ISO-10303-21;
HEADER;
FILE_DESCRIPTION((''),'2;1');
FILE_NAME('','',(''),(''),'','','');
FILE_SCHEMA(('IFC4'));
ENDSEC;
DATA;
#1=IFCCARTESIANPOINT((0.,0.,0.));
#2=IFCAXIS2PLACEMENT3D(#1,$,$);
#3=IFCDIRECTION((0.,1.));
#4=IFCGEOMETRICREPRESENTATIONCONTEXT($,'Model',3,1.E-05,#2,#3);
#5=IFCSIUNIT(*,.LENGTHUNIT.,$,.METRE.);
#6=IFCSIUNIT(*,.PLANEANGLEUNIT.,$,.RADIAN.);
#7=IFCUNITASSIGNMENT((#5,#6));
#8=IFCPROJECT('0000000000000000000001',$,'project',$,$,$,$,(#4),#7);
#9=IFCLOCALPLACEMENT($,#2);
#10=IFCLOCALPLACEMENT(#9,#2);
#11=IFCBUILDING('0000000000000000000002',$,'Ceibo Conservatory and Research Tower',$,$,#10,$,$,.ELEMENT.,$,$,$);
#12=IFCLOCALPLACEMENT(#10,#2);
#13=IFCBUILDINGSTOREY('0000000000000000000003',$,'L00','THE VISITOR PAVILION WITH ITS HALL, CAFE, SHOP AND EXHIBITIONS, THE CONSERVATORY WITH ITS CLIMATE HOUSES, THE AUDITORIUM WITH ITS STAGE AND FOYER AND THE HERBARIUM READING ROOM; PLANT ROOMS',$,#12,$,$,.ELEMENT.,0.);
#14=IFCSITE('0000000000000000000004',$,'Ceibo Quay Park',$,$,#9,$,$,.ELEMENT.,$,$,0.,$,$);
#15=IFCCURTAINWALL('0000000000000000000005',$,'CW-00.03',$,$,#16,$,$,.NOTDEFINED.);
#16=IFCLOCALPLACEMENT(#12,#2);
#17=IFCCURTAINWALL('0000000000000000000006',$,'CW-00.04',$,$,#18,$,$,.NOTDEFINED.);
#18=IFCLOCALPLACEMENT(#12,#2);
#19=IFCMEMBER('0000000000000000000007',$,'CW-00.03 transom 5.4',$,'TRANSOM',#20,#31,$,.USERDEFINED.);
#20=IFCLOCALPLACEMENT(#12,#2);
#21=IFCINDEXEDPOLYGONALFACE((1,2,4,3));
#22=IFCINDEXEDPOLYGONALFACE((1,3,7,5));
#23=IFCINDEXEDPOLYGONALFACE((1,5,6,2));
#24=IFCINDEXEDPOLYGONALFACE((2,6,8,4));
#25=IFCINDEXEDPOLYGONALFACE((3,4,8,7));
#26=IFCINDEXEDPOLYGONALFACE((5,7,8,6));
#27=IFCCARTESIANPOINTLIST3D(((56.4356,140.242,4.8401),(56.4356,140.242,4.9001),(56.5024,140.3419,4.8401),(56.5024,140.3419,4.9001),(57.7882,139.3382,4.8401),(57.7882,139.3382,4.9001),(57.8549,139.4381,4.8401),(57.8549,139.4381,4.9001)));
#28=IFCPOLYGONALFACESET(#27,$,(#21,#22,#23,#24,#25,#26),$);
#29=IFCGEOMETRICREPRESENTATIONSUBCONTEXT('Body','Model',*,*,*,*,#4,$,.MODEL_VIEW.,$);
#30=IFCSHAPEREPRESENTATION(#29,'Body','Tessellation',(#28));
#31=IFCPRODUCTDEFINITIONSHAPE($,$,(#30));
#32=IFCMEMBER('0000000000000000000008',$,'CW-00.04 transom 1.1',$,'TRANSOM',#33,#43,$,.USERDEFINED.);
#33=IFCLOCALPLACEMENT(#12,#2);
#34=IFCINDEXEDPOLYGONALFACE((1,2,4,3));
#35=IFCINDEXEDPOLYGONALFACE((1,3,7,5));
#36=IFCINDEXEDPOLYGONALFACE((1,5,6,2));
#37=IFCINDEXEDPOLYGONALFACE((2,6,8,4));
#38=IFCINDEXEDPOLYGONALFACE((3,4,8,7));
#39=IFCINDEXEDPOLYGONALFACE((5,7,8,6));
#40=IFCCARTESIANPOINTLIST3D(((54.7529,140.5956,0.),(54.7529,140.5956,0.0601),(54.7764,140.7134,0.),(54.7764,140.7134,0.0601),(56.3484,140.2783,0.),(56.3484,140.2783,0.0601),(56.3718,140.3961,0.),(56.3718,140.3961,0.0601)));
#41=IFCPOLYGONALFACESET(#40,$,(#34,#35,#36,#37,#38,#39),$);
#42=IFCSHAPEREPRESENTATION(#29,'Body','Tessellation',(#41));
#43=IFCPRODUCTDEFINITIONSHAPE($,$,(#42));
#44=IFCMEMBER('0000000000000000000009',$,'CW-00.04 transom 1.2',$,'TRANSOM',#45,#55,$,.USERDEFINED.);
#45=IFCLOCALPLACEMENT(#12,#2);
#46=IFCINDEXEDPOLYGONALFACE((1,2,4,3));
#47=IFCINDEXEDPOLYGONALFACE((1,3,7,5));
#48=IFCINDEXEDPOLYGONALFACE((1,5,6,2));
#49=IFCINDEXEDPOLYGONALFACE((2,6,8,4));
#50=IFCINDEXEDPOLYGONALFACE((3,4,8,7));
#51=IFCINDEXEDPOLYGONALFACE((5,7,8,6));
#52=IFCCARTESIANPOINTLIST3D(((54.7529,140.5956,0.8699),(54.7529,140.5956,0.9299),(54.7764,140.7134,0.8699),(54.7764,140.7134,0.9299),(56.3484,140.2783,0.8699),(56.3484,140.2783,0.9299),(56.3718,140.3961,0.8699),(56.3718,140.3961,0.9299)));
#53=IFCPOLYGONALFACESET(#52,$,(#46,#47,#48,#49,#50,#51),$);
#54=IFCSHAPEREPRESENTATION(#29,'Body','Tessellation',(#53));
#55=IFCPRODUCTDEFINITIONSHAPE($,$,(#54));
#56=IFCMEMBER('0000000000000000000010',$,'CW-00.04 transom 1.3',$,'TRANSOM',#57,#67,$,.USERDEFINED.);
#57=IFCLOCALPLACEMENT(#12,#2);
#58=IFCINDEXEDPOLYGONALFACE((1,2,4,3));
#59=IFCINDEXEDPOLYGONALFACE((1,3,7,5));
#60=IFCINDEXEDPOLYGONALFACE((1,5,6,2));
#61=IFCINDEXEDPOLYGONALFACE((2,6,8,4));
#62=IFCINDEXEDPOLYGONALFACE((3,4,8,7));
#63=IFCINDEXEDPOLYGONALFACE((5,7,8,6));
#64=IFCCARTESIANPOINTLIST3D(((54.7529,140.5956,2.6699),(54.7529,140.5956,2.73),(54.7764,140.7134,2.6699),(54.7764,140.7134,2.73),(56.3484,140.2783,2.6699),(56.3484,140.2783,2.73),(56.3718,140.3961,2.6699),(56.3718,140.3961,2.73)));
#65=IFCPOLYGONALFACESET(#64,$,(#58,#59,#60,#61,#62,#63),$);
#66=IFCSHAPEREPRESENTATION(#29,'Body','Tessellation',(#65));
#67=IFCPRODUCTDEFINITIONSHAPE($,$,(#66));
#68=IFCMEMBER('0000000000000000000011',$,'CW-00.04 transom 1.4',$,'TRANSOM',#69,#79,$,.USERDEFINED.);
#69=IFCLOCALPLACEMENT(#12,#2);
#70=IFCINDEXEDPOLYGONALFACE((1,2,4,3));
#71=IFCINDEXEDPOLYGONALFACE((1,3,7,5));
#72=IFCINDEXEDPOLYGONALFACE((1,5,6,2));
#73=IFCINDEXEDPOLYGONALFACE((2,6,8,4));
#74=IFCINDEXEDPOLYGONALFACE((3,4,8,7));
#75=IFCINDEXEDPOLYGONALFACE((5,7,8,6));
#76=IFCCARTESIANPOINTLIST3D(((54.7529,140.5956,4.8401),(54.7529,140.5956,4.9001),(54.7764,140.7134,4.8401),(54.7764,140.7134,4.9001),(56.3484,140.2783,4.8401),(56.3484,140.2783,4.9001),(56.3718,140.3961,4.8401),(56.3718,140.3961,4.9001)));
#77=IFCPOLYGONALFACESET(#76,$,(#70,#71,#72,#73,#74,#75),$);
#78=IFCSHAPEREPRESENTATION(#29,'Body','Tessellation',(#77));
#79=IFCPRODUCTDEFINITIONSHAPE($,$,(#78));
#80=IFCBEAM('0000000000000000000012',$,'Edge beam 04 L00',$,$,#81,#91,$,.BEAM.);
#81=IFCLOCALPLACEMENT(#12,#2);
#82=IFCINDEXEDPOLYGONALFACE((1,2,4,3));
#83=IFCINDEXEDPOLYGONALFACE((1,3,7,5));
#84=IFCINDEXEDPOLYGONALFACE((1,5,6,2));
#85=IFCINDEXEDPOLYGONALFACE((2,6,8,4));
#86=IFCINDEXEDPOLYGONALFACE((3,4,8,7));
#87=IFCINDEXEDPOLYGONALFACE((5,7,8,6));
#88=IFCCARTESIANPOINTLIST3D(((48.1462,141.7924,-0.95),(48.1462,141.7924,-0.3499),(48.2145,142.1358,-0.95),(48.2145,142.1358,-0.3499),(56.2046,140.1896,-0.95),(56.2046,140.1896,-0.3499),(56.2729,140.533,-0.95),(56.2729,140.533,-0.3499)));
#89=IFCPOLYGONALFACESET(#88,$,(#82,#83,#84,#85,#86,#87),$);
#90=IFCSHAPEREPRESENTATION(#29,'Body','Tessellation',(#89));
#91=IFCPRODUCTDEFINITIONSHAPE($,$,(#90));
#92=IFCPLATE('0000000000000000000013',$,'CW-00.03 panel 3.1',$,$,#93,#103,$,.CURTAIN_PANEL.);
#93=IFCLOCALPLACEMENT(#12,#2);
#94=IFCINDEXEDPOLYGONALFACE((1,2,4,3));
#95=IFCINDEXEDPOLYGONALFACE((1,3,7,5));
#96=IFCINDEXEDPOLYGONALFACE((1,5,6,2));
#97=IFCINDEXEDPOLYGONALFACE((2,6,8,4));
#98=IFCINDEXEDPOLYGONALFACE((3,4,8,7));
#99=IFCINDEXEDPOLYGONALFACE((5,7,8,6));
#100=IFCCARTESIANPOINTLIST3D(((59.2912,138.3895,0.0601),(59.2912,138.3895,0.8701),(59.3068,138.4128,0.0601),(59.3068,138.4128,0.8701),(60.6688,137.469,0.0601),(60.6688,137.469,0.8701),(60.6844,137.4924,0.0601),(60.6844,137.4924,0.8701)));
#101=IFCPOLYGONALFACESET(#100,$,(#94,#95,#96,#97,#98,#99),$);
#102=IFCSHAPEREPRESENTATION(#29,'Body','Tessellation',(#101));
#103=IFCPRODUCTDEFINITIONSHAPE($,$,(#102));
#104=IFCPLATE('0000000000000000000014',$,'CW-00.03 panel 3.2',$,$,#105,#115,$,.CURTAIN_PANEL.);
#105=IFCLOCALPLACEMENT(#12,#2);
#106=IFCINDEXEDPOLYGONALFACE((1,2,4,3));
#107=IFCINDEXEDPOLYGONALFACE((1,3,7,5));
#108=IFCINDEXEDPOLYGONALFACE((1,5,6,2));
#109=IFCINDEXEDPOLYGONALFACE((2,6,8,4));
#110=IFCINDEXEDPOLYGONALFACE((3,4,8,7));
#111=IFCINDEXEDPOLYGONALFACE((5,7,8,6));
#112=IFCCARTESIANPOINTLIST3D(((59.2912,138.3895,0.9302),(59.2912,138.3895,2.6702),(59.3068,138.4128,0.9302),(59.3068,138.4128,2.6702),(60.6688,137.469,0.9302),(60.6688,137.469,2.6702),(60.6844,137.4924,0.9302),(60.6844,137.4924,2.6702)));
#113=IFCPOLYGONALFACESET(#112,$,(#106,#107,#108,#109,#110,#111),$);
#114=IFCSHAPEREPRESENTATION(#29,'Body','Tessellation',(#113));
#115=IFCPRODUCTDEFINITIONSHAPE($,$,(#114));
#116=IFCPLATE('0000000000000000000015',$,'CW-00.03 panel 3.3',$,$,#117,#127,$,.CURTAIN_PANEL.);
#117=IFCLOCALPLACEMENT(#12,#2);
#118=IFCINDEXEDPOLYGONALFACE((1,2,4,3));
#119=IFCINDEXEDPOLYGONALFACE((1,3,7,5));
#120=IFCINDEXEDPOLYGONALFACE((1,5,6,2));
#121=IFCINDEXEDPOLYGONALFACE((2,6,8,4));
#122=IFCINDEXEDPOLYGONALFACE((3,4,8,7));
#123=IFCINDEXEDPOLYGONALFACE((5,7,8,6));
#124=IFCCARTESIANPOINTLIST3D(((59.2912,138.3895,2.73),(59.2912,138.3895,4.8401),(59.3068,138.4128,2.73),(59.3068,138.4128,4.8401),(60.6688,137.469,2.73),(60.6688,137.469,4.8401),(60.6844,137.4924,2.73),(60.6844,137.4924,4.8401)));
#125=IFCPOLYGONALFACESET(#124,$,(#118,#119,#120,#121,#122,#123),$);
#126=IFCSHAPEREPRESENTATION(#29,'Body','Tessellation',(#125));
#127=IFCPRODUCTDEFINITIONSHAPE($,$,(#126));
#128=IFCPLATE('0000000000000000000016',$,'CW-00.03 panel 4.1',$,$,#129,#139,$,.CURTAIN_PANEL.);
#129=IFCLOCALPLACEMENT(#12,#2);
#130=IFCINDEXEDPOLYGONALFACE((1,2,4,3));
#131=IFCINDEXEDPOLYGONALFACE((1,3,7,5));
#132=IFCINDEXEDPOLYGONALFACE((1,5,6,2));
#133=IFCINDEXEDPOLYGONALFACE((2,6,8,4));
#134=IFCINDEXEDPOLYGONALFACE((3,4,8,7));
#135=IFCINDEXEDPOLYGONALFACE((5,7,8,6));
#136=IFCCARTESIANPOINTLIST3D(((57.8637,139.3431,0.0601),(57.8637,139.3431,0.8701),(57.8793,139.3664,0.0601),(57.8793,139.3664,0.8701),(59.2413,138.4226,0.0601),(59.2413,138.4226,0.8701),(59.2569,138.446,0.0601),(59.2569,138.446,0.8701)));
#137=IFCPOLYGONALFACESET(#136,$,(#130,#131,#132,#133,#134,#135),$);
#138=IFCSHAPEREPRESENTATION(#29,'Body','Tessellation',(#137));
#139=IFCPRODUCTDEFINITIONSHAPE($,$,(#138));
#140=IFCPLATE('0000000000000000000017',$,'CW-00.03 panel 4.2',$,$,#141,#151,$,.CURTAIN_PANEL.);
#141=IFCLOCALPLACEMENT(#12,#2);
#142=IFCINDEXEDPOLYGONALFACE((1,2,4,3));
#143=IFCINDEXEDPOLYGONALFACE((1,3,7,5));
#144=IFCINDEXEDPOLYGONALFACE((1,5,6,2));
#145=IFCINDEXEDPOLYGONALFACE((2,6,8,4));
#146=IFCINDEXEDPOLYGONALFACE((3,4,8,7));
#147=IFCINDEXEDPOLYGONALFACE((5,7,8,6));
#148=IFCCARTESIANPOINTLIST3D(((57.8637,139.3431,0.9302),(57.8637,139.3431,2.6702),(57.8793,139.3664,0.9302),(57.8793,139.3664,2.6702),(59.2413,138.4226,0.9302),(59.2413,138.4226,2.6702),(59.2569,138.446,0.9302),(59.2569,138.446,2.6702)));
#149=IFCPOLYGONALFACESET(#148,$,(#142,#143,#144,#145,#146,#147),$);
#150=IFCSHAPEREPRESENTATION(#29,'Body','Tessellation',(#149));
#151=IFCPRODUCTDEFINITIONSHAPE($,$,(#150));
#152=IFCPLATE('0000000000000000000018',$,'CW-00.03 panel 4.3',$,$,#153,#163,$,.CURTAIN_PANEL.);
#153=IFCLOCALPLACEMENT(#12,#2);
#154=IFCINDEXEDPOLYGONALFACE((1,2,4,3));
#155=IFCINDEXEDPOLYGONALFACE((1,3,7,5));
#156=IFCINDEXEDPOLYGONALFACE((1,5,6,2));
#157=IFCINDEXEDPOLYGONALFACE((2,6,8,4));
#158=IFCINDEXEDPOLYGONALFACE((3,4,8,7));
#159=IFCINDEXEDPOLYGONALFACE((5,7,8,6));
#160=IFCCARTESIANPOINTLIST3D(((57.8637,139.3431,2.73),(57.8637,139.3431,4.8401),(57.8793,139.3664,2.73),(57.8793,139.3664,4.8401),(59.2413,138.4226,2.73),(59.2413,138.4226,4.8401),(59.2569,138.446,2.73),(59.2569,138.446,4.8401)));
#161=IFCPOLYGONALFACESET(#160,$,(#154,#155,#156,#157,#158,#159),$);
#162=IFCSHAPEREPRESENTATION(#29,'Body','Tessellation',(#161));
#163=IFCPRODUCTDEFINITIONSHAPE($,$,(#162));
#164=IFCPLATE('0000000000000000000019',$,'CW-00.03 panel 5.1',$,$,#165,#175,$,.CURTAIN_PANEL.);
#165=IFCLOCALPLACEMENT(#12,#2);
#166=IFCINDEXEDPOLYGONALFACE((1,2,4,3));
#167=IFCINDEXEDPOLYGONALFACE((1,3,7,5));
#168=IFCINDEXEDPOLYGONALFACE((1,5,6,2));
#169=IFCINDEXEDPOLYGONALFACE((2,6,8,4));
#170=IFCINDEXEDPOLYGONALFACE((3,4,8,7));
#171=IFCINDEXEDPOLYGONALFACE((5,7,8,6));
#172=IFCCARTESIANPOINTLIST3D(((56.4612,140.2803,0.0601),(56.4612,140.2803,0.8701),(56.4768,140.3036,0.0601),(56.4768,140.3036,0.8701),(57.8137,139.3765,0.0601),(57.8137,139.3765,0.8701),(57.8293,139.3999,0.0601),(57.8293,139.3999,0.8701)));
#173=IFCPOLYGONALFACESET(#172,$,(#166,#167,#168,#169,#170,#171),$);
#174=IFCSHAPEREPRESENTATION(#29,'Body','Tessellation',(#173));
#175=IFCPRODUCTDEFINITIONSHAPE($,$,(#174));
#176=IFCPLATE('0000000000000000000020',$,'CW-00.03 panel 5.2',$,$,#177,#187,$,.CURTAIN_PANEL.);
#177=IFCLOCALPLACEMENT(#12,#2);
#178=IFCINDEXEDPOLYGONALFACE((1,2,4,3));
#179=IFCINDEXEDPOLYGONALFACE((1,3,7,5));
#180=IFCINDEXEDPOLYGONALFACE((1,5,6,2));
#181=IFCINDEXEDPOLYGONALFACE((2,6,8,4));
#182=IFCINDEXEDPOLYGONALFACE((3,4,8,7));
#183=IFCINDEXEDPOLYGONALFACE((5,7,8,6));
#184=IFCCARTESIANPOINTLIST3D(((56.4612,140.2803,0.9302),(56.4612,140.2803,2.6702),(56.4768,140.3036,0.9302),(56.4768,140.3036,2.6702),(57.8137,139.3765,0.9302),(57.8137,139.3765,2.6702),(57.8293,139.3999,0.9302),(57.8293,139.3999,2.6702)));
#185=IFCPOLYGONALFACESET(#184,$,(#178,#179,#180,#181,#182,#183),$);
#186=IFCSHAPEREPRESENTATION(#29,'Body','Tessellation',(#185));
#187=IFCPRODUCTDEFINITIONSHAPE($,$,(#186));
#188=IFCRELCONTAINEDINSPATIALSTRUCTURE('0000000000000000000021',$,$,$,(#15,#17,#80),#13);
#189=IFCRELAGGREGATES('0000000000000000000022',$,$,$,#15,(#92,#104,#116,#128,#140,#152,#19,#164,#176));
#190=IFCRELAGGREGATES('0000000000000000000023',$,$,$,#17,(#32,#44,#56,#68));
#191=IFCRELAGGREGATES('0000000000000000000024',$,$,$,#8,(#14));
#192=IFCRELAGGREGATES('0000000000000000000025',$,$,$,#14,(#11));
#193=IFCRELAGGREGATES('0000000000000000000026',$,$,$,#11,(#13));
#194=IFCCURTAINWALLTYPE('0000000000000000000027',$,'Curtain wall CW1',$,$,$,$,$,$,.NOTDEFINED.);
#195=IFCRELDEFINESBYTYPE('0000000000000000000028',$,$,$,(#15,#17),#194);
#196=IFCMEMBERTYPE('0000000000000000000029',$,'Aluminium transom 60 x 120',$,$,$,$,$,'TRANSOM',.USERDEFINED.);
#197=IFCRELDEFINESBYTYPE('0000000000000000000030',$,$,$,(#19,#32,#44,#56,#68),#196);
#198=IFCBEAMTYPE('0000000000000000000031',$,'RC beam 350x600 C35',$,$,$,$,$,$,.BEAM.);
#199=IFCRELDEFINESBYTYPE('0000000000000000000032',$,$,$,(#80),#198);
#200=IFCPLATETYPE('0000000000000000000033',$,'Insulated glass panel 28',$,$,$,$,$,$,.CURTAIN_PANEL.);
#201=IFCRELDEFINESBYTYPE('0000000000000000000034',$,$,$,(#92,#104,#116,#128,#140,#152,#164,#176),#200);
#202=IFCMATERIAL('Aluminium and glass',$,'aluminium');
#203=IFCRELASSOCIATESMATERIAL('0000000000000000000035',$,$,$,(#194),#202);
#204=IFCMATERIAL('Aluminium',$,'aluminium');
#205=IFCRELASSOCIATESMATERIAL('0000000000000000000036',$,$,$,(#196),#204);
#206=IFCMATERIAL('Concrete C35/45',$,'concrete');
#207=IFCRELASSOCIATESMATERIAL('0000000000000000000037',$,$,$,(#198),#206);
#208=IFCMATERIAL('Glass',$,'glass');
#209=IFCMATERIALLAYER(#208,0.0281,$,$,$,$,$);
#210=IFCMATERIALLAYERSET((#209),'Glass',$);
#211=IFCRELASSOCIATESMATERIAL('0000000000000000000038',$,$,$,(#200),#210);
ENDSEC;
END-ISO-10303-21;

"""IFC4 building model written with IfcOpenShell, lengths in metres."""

from ifc_helpers import new_model, si_unit, direction, frame, origin, origin_2d, place, context, subcontext, project, spatial, rectangle, extrude, material, layer, layer_set, material_profile, profile_set, type_object, element, aggregate, save


model = new_model("IFC4")

# Units and contexts
model_context = context("Model", 3, precision=1e-05, world=origin(), true_north=direction((0.0, 1.0)))
body_context = subcontext(model_context, "Body", "Model", "MODEL_VIEW")
ifc_project = project(units=[si_unit("LENGTHUNIT", "METRE"), si_unit("PLANEANGLEUNIT", "RADIAN")], contexts=[model_context])

# Site, building, storey
site_placement = place(None, origin())
site = spatial("IfcSite", under=ifc_project, at=site_placement, Name="Ceibo Quay Park", CompositionType="ELEMENT", RefElevation=0.0)
building_placement = place(site_placement, origin())
building = spatial("IfcBuilding", under=site, at=building_placement, Name="Ceibo Conservatory and Research Tower", CompositionType="ELEMENT")
storey_placement = place(building_placement, origin())
storey = spatial("IfcBuildingStorey", under=building, at=storey_placement, Name="L00", Description="THE VISITOR PAVILION WITH ITS HALL, CAFE, SHOP AND EXHIBITIONS, THE CONSERVATORY WITH ITS CLIMATE HOUSES, THE AUDITORIUM WITH ITS STAGE AND FOYER AND THE HERBARIUM READING ROOM; PLANT ROOMS", CompositionType="ELEMENT", Elevation=0.0)

# Curtain wall
ifc_material_1 = material(Name="Aluminium and glass", Category="aluminium")
curtain_wall_type = type_object("IfcCurtainWallType", Name="Curtain wall CW1", PredefinedType="NOTDEFINED", material=ifc_material_1)
curtain_wall_1_placement = place(storey_placement, origin())
curtain_wall_1 = element("IfcCurtainWall", 1, at=curtain_wall_1_placement, inside=storey, type_object=curtain_wall_type, Name="CW-00.03", PredefinedType="NOTDEFINED")
ifc_material_2 = material(Name="Aluminium", Category="aluminium")

# Curtain wall
curtain_wall_2_placement = place(storey_placement, origin())
curtain_wall_2 = element("IfcCurtainWall", 2, at=curtain_wall_2_placement, inside=storey, type_object=curtain_wall_type, Name="CW-00.04", PredefinedType="NOTDEFINED")

# Members
ifc_material_profile_1 = material_profile(ifc_material_2, rectangle(XDim=0.1201, YDim=0.0601, at=origin_2d()), Name="Aluminium 60 x 120")
ifc_profile_set_1 = profile_set([ifc_material_profile_1], Name="Aluminium")
member_type_1 = type_object("IfcMemberType", Name="Aluminium transom 60 x 120", ElementType="TRANSOM", PredefinedType="USERDEFINED", material=ifc_profile_set_1)
member_1_placement = place(storey_placement, frame((57.8215, 139.3882, 4.8701), z_axis=(-0.831449, 0.5556, 0.0), x_axis=(-0.5556, -0.831449, 0.0)))
member_1 = element("IfcMember", 3, at=member_1_placement, type_object=member_type_1, Name="CW-00.03 transom 5.4", ObjectType="TRANSOM", PredefinedType="USERDEFINED", context=body_context, shape_type="SweptSolid", body=[
    extrude(rectangle(XDim=0.1201, YDim=0.0601, at=origin_2d()), origin(), (0.0, 0.0, 1.0), 1.6267),
])
member_2_placement = place(storey_placement, frame((56.3601, 140.3372, 0.03), z_axis=(-0.980782, 0.195106, 0.0), x_axis=(-0.195106, -0.980782, 0.0)))
member_2 = element("IfcMember", 4, at=member_2_placement, type_object=member_type_1, Name="CW-00.04 transom 1.1", ObjectType="TRANSOM", PredefinedType="USERDEFINED", context=body_context, shape_type="SweptSolid", body=[
    extrude(rectangle(XDim=0.1201, YDim=0.0601, at=origin_2d()), origin(), (0.0, 0.0, 1.0), 1.6267),
])
member_3_placement = place(storey_placement, frame((56.3601, 140.3372, 0.8999), z_axis=(-0.980782, 0.195106, 0.0), x_axis=(-0.195106, -0.980782, 0.0)))
member_3 = element("IfcMember", 5, at=member_3_placement, type_object=member_type_1, Name="CW-00.04 transom 1.2", ObjectType="TRANSOM", PredefinedType="USERDEFINED", context=body_context, shape_type="SweptSolid", body=[
    extrude(rectangle(XDim=0.1201, YDim=0.0601, at=origin_2d()), origin(), (0.0, 0.0, 1.0), 1.6267),
])
member_4_placement = place(storey_placement, frame((56.3601, 140.3372, 2.7), z_axis=(-0.980782, 0.195106, 0.0), x_axis=(-0.195106, -0.980782, 0.0)))
member_4 = element("IfcMember", 6, at=member_4_placement, type_object=member_type_1, Name="CW-00.04 transom 1.3", ObjectType="TRANSOM", PredefinedType="USERDEFINED", context=body_context, shape_type="SweptSolid", body=[
    extrude(rectangle(XDim=0.1201, YDim=0.0601, at=origin_2d()), origin(), (0.0, 0.0, 1.0), 1.6267),
])
member_5_placement = place(storey_placement, frame((56.3601, 140.3372, 4.8701), z_axis=(-0.980782, 0.195106, 0.0), x_axis=(-0.195106, -0.980782, 0.0)))
member_5 = element("IfcMember", 7, at=member_5_placement, type_object=member_type_1, Name="CW-00.04 transom 1.4", ObjectType="TRANSOM", PredefinedType="USERDEFINED", context=body_context, shape_type="SweptSolid", body=[
    extrude(rectangle(XDim=0.1201, YDim=0.0601, at=origin_2d()), origin(), (0.0, 0.0, 1.0), 1.6267),
])

# Beam
ifc_material_3 = material(Name="Concrete C35/45", Category="concrete")
ifc_material_profile_2 = material_profile(ifc_material_3, rectangle(XDim=0.3501, YDim=0.6001, at=origin_2d()), Name="RC 350x600")
ifc_profile_set_2 = profile_set([ifc_material_profile_2], Name="Concrete C35/45")
beam_type = type_object("IfcBeamType", Name="RC beam 350x600 C35", PredefinedType="BEAM", material=ifc_profile_set_2)
beam_placement = place(storey_placement, frame((56.2388, 140.3613, -0.6499), z_axis=(-0.980788, 0.195076, 0.0), x_axis=(-0.195076, -0.980788, 0.0)))
element("IfcBeam", 8, at=beam_placement, inside=storey, type_object=beam_type, Name="Edge beam 04 L00", PredefinedType="BEAM", context=body_context, shape_type="SweptSolid", body=[
    extrude(rectangle(XDim=0.3501, YDim=0.6001, at=origin_2d()), origin(), (0.0, 0.0, 1.0), 8.2163),
])

# Plates
ifc_material_4 = material(Name="Glass", Category="glass")
ifc_layer = layer(ifc_material_4, 0.0281)
ifc_layer_set = layer_set([ifc_layer], Name="Glass")
plate_type = type_object("IfcPlateType", Name="Insulated glass panel 28", PredefinedType="CURTAIN_PANEL", material=ifc_layer_set)
plate_1_placement = place(storey_placement, frame((59.9878, 137.9409, 0.0601), z_axis=(0.0, 0.0, 1.0), x_axis=(-0.83147, 0.55557, 0.0)))
plate_1 = element("IfcPlate", 9, at=plate_1_placement, type_object=plate_type, Name="CW-00.03 panel 3.1", PredefinedType="CURTAIN_PANEL", context=body_context, shape_type="SweptSolid", body=[
    extrude(rectangle(XDim=1.6567, YDim=0.0281, at=origin_2d()), origin(), (0.0, 0.0, 1.0), 0.8101),
])
plate_2_placement = place(storey_placement, frame((59.9878, 137.9409, 0.9302), z_axis=(0.0, 0.0, 1.0), x_axis=(-0.83147, 0.55557, 0.0)))
plate_2 = element("IfcPlate", 10, at=plate_2_placement, type_object=plate_type, Name="CW-00.03 panel 3.2", PredefinedType="CURTAIN_PANEL", context=body_context, shape_type="SweptSolid", body=[
    extrude(rectangle(XDim=1.6567, YDim=0.0281, at=origin_2d()), origin(), (0.0, 0.0, 1.0), 1.74),
])
plate_3_placement = place(storey_placement, frame((59.9878, 137.9409, 2.73), z_axis=(0.0, 0.0, 1.0), x_axis=(-0.83147, 0.55557, 0.0)))
plate_3 = element("IfcPlate", 11, at=plate_3_placement, type_object=plate_type, Name="CW-00.03 panel 3.3", PredefinedType="CURTAIN_PANEL", context=body_context, shape_type="SweptSolid", body=[
    extrude(rectangle(XDim=1.6567, YDim=0.0281, at=origin_2d()), origin(), (0.0, 0.0, 1.0), 2.1101),
])
plate_4_placement = place(storey_placement, frame((58.5603, 138.8945, 0.0601), z_axis=(0.0, 0.0, 1.0), x_axis=(-0.83147, 0.55557, 0.0)))
plate_4 = element("IfcPlate", 12, at=plate_4_placement, type_object=plate_type, Name="CW-00.03 panel 4.1", PredefinedType="CURTAIN_PANEL", context=body_context, shape_type="SweptSolid", body=[
    extrude(rectangle(XDim=1.6567, YDim=0.0281, at=origin_2d()), origin(), (0.0, 0.0, 1.0), 0.8101),
])
plate_5_placement = place(storey_placement, frame((58.5603, 138.8945, 0.9302), z_axis=(0.0, 0.0, 1.0), x_axis=(-0.83147, 0.55557, 0.0)))
plate_5 = element("IfcPlate", 13, at=plate_5_placement, type_object=plate_type, Name="CW-00.03 panel 4.2", PredefinedType="CURTAIN_PANEL", context=body_context, shape_type="SweptSolid", body=[
    extrude(rectangle(XDim=1.6567, YDim=0.0281, at=origin_2d()), origin(), (0.0, 0.0, 1.0), 1.74),
])
plate_6_placement = place(storey_placement, frame((58.5603, 138.8945, 2.73), z_axis=(0.0, 0.0, 1.0), x_axis=(-0.83147, 0.55557, 0.0)))
plate_6 = element("IfcPlate", 14, at=plate_6_placement, type_object=plate_type, Name="CW-00.03 panel 4.3", PredefinedType="CURTAIN_PANEL", context=body_context, shape_type="SweptSolid", body=[
    extrude(rectangle(XDim=1.6567, YDim=0.0281, at=origin_2d()), origin(), (0.0, 0.0, 1.0), 2.1101),
])
plate_7_placement = place(storey_placement, frame((57.1453, 139.8401, 0.0601), z_axis=(0.0, 0.0, 1.0), x_axis=(-0.83147, 0.55557, 0.0)))
plate_7 = element("IfcPlate", 15, at=plate_7_placement, type_object=plate_type, Name="CW-00.03 panel 5.1", PredefinedType="CURTAIN_PANEL", context=body_context, shape_type="SweptSolid", body=[
    extrude(rectangle(XDim=1.6267, YDim=0.0281, at=origin_2d()), origin(), (0.0, 0.0, 1.0), 0.8101),
])
plate_8_placement = place(storey_placement, frame((57.1453, 139.8401, 0.9302), z_axis=(0.0, 0.0, 1.0), x_axis=(-0.83147, 0.55557, 0.0)))
plate_8 = element("IfcPlate", 16, at=plate_8_placement, type_object=plate_type, Name="CW-00.03 panel 5.2", PredefinedType="CURTAIN_PANEL", context=body_context, shape_type="SweptSolid", body=[
    extrude(rectangle(XDim=1.6267, YDim=0.0281, at=origin_2d()), origin(), (0.0, 0.0, 1.0), 1.74),
])
aggregate(curtain_wall_1, [plate_1, plate_2, plate_3, plate_4, plate_5, plate_6, member_1, plate_7, plate_8])
aggregate(curtain_wall_2, [member_2, member_3, member_4, member_5])

save(model, "model.ifc")
